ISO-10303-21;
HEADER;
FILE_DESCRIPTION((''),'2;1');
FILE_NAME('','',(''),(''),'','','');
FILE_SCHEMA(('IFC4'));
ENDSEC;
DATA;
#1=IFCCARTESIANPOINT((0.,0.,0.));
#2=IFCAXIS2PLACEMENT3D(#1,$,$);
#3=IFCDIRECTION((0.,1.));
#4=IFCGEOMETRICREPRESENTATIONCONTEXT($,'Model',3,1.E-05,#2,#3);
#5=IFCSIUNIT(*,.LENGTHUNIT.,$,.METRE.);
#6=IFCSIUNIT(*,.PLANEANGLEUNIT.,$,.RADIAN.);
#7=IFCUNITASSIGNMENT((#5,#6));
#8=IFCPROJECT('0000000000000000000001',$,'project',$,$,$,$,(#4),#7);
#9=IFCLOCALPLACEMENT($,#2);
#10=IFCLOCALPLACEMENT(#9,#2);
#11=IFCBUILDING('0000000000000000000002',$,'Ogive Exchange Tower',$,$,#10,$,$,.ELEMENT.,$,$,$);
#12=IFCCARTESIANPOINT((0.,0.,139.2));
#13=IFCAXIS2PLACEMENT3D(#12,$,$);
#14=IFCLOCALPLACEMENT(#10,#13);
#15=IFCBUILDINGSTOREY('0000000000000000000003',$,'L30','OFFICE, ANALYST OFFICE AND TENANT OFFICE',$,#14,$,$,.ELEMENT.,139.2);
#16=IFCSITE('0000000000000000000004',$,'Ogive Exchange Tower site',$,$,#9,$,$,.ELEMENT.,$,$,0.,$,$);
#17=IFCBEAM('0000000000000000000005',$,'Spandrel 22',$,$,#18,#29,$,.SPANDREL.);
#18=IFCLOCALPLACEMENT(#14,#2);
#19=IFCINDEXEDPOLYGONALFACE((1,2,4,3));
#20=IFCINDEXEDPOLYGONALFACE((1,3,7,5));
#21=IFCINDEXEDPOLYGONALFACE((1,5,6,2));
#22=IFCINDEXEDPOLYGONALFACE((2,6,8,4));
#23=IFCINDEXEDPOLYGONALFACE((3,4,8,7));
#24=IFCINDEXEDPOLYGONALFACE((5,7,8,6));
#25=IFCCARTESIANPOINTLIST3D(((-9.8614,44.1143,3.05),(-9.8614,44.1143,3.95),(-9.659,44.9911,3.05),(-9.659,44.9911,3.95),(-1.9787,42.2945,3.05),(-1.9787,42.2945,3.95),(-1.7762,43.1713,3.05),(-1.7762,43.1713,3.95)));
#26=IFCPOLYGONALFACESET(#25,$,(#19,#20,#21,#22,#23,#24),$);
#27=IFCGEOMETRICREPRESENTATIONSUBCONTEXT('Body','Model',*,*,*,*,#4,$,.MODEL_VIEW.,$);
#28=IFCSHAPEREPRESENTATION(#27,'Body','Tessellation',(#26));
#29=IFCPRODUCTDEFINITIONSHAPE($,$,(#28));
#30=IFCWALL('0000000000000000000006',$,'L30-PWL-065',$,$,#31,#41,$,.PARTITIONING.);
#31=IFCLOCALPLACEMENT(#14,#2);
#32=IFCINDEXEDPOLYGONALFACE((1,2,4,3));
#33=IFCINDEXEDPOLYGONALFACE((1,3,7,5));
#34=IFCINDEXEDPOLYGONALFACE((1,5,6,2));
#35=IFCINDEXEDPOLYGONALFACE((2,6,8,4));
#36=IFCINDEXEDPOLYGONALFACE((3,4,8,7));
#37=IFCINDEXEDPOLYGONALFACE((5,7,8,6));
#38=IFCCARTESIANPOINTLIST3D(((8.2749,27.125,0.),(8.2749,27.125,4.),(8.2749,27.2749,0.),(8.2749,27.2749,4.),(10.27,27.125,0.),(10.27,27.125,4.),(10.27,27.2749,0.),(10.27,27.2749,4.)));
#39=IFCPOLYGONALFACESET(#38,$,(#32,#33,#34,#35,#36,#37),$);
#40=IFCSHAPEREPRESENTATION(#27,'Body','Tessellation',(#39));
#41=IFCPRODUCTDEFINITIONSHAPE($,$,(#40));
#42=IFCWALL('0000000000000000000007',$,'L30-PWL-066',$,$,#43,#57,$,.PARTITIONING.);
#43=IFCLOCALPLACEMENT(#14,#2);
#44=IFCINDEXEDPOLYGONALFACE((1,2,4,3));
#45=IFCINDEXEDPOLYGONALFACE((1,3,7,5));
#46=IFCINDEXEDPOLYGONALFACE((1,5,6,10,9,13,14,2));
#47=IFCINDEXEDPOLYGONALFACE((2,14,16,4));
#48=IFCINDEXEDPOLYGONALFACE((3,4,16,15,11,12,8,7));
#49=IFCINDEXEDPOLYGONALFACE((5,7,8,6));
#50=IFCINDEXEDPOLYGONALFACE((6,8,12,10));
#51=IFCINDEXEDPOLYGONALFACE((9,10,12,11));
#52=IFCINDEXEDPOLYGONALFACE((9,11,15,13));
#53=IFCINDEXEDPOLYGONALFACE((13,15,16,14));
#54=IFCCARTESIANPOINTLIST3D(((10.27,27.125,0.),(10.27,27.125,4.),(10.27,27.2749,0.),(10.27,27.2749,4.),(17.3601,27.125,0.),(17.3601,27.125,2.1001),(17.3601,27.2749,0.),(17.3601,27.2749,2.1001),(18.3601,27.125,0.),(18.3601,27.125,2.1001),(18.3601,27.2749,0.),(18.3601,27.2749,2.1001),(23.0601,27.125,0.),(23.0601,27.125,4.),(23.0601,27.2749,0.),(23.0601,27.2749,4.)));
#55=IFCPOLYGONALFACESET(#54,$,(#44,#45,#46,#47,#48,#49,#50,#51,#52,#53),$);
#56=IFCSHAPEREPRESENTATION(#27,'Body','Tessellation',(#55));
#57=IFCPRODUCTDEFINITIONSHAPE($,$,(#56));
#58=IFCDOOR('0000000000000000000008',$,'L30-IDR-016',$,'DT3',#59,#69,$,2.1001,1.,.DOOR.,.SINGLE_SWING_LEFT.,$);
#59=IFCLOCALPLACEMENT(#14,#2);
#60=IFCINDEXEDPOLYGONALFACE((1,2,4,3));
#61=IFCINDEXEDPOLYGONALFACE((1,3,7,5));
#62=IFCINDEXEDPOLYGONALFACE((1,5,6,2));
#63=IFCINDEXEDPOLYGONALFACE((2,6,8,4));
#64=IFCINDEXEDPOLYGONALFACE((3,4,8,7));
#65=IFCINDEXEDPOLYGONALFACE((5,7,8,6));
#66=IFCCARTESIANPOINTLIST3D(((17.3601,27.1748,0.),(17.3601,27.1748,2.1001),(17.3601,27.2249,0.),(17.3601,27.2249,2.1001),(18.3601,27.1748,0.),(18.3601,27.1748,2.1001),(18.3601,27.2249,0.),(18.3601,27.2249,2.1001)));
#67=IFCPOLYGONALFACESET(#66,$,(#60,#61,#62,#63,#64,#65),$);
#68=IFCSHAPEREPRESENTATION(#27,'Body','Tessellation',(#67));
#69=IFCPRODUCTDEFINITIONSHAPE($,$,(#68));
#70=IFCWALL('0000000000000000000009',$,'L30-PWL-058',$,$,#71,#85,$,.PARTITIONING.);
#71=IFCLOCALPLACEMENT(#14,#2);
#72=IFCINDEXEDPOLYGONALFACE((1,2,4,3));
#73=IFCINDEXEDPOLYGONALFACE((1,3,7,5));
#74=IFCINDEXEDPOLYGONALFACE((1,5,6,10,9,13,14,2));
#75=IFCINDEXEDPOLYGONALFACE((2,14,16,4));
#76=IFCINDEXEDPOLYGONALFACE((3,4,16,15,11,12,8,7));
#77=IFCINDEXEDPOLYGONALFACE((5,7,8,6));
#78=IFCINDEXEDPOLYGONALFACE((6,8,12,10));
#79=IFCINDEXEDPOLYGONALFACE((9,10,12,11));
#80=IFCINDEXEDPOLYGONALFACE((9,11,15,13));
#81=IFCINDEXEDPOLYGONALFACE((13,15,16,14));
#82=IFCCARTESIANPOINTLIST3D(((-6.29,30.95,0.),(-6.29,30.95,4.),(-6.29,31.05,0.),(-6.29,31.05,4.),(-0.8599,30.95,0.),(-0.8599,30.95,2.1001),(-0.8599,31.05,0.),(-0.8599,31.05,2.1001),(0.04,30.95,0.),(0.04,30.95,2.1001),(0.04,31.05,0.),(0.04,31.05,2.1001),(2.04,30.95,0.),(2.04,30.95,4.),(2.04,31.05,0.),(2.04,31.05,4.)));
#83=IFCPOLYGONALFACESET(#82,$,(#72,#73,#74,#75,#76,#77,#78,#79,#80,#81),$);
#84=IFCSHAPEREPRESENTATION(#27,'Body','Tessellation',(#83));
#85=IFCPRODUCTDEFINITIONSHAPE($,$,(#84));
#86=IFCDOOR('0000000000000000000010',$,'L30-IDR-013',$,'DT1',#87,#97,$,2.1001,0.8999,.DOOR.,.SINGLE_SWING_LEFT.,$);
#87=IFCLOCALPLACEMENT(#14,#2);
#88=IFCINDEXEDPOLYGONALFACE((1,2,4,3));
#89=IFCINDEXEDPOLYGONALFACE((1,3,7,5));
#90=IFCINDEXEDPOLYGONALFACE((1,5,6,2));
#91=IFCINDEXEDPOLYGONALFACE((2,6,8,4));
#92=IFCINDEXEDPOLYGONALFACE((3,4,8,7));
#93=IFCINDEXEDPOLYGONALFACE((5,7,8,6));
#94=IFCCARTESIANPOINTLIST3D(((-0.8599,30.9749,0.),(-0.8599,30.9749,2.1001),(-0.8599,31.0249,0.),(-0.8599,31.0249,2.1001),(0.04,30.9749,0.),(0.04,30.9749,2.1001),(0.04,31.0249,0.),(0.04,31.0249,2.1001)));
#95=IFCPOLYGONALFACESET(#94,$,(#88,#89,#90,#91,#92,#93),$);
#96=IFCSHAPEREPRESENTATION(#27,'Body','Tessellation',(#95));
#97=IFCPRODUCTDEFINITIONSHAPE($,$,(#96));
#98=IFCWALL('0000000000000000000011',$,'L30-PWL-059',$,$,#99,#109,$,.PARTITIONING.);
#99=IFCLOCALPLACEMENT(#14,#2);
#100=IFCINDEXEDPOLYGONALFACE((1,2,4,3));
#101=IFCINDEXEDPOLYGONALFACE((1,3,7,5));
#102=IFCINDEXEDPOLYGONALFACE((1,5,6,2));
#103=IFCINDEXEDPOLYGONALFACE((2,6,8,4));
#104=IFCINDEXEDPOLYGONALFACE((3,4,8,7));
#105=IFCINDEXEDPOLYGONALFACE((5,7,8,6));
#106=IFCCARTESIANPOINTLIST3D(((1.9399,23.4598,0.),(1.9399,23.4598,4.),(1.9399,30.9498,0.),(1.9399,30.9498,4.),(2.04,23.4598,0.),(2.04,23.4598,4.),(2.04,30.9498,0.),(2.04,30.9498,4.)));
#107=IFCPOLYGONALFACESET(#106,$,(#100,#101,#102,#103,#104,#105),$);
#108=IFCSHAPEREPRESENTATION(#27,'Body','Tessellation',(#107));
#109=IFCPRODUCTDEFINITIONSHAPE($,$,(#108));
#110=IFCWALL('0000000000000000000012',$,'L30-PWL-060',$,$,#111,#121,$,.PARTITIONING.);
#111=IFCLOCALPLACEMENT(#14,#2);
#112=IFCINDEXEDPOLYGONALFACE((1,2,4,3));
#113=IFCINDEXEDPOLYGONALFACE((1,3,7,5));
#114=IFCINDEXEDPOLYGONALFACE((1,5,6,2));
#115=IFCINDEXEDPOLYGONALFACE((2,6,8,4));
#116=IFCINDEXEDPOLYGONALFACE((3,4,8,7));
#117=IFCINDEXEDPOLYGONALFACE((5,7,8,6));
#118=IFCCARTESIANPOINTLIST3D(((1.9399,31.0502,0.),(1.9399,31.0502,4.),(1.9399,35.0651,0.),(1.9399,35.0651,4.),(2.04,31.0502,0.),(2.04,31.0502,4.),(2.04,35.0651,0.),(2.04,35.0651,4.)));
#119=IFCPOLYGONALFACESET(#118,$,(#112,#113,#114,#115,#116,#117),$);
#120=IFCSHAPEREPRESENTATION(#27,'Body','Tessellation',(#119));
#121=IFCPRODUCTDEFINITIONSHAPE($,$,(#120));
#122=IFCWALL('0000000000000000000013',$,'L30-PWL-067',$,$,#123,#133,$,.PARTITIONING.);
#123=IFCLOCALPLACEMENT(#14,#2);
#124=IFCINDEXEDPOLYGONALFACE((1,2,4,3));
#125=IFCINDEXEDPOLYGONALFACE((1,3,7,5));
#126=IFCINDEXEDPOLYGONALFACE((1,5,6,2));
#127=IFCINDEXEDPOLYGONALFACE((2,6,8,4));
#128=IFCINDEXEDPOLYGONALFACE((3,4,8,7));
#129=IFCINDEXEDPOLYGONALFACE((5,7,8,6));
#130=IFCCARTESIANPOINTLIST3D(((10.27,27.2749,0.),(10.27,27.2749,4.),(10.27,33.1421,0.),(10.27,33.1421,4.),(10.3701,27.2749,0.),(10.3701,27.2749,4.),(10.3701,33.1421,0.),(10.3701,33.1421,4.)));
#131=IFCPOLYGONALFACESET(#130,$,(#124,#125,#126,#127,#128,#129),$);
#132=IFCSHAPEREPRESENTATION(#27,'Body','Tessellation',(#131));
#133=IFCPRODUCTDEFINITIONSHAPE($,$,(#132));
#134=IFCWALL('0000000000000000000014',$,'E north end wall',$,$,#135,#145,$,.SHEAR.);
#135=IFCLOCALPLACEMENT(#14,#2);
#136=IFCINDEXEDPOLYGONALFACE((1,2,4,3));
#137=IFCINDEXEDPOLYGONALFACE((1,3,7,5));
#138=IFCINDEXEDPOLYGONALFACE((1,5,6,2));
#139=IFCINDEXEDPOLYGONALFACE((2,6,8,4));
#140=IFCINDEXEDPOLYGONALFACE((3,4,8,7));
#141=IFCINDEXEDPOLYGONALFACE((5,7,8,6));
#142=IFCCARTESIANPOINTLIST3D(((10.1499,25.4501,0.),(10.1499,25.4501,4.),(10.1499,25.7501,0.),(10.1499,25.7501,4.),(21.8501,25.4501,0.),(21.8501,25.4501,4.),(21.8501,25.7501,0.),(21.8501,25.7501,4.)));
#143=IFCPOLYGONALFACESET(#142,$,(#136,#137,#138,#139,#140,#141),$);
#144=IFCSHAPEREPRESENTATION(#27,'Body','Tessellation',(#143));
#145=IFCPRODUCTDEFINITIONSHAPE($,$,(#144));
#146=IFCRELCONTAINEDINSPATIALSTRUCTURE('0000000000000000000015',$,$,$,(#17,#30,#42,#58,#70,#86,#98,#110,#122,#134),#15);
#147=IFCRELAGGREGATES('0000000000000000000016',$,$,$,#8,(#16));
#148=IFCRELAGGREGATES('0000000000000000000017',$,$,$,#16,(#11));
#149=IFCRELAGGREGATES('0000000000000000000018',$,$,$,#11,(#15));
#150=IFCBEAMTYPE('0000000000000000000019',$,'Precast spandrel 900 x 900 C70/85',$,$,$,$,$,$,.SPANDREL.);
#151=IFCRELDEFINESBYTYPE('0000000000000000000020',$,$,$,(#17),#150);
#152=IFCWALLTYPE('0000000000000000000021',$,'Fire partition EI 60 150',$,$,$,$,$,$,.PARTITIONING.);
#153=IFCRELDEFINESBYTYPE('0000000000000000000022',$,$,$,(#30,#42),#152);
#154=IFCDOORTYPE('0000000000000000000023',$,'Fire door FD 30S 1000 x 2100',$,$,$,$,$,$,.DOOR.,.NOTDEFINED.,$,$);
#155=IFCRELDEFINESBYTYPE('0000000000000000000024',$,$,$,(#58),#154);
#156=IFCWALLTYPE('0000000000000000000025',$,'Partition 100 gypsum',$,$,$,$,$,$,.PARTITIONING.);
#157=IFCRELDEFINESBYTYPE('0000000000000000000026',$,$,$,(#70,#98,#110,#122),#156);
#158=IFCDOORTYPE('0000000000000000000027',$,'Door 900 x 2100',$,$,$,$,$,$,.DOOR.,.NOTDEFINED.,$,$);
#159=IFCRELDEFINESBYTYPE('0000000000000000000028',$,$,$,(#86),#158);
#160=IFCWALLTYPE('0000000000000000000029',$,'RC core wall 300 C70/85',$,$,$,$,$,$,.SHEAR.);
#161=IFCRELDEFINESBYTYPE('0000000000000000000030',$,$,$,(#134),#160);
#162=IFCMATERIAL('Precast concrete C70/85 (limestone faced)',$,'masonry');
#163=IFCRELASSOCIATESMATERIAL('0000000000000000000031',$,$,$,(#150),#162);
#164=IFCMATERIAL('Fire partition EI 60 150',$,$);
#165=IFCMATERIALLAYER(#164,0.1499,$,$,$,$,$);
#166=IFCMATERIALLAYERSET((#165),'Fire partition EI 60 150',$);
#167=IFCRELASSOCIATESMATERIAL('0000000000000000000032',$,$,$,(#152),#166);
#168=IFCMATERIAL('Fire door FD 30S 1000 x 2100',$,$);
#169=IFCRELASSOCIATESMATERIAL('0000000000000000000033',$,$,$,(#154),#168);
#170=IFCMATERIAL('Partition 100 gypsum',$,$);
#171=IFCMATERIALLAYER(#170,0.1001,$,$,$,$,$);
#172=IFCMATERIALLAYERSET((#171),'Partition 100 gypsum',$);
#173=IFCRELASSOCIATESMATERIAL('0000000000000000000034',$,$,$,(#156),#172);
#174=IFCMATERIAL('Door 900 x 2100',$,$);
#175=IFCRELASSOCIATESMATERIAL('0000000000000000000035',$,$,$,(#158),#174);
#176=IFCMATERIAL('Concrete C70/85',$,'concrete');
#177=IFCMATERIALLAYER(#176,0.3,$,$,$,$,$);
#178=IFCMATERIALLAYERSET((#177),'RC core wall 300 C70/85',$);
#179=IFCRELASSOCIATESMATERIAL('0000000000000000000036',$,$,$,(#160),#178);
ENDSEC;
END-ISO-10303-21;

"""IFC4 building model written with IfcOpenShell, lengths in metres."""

from ifc_helpers import new_model, si_unit, direction, frame, frame_2d, origin, origin_2d, place, context, subcontext, project, spatial, rectangle, extrude, material, layer, layer_set, material_profile, profile_set, type_object, element, fill, save


model = new_model("IFC4")

# Units and contexts
model_context = context("Model", 3, precision=1e-05, world=origin(), true_north=direction((0.0, 1.0)))
body_context = subcontext(model_context, "Body", "Model", "MODEL_VIEW")
ifc_project = project(units=[si_unit("LENGTHUNIT", "METRE"), si_unit("PLANEANGLEUNIT", "RADIAN")], contexts=[model_context])

# Site, building, storey
site_placement = place(None, origin())
site = spatial("IfcSite", under=ifc_project, at=site_placement, Name="Ogive Exchange Tower site", CompositionType="ELEMENT", RefElevation=0.0)
building_placement = place(site_placement, origin())
building = spatial("IfcBuilding", under=site, at=building_placement, Name="Ogive Exchange Tower", CompositionType="ELEMENT")
storey_placement = place(building_placement, frame((0.0, 0.0, 139.2)))
storey = spatial("IfcBuildingStorey", under=building, at=storey_placement, Name="L30", Description="OFFICE, ANALYST OFFICE AND TENANT OFFICE", CompositionType="ELEMENT", Elevation=139.2)

# Shared definitions
ifc_material_1 = material(Name="Precast concrete C70/85 (limestone faced)", Category="masonry")

# Beam
ifc_material_profile_1 = material_profile(ifc_material_1, rectangle(XDim=0.8999, YDim=0.8999, at=origin_2d()), Name="900 x 900")
ifc_profile_set_1 = profile_set([ifc_material_profile_1], Name="Precast concrete C70/85 (limestone faced)")
beam_type_1 = type_object("IfcBeamType", Name="Precast spandrel 900 x 900 C70/85", PredefinedType="SPANDREL", material=ifc_profile_set_1)
for number, where, z_axis, x_axis, name in (
    (1, (-1.8774, 42.7329, 3.5), (-0.974372, 0.224943, 0.0), (-0.224943, -0.974372, 0.0), "Spandrel 22"),
):
    element("IfcBeam", number, at=place(storey_placement, frame(where, z_axis=z_axis, x_axis=x_axis)), inside=storey, type_object=beam_type_1, Name=name, PredefinedType="SPANDREL", context=body_context, shape_type="SweptSolid", body=[
        extrude(rectangle(XDim=0.8999, YDim=0.8999, at=origin_2d()), origin(), (0.0, 0.0, 1.0), 8.0901),
    ])

# Wall
ifc_material_2 = material(Name="Fire partition EI 60 150")
ifc_layer_1 = layer(ifc_material_2, 0.1499)
ifc_layer_set_1 = layer_set([ifc_layer_1], Name="Fire partition EI 60 150")
wall_type_1 = type_object("IfcWallType", Name="Fire partition EI 60 150", PredefinedType="PARTITIONING", material=ifc_layer_set_1)
wall_1_placement = place(storey_placement, frame((8.2749, 27.2, 0.0), z_axis=(0.0, 0.0, 1.0), x_axis=(1.0, 0.0, 0.0)))
element("IfcWall", 2, at=wall_1_placement, inside=storey, type_object=wall_type_1, Name="L30-PWL-065", PredefinedType="PARTITIONING", context=body_context, shape_type="SweptSolid", body=[
    extrude(rectangle(XDim=1.9951, YDim=0.1499, at=frame_2d((0.9976, 0.0))), origin(), (0.0, 0.0, 1.0), 4.0),
])

# Walls, openings, doors
wall_2_placement = place(storey_placement, frame((10.27, 27.2, 0.0), z_axis=(0.0, 0.0, 1.0), x_axis=(1.0, 0.0, 0.0)))
wall_2 = element("IfcWall", 3, at=wall_2_placement, inside=storey, type_object=wall_type_1, Name="L30-PWL-066", PredefinedType="PARTITIONING", context=body_context, shape_type="SweptSolid", body=[
    extrude(rectangle(XDim=12.79, YDim=0.1499, at=frame_2d((6.395, 0.0))), origin(), (0.0, 0.0, 1.0), 4.0),
])
opening_1_placement = place(wall_2_placement, frame((7.0901, 0.0, 0.0)))
opening_1 = element("IfcOpeningElement", 4, at=opening_1_placement, cuts=wall_2, PredefinedType="OPENING", context=body_context, shape_type="SweptSolid", body=[
    extrude(rectangle(XDim=1.0, YDim=2.1001, at=frame_2d((0.5, 1.05))), frame((0.0, 0.085, 0.0), z_axis=(0.0, -1.0, 0.0), x_axis=(1.0, 0.0, 0.0)), (0.0, 0.0, 1.0), 0.1699),
])
ifc_material_3 = material(Name="Fire door FD 30S 1000 x 2100")
door_type_1 = type_object("IfcDoorType", Name="Fire door FD 30S 1000 x 2100", OperationType="NOTDEFINED", PredefinedType="DOOR", material=ifc_material_3)
door_1_placement = place(opening_1_placement, origin())
door_1 = element("IfcDoor", 5, at=door_1_placement, inside=storey, type_object=door_type_1, Name="L30-IDR-016", ObjectType="DT3", OperationType="SINGLE_SWING_LEFT", OverallHeight=2.1001, OverallWidth=1.0, PredefinedType="DOOR", context=body_context, shape_type="SweptSolid", body=[
    extrude(rectangle(XDim=1.0, YDim=2.1001, at=frame_2d((0.5, 1.05))), frame((0.0, 0.0249, 0.0), z_axis=(0.0, -1.0, 0.0), x_axis=(1.0, 0.0, 0.0)), (0.0, 0.0, 1.0), 0.05),
])
fill(opening_1, door_1)
ifc_material_4 = material(Name="Partition 100 gypsum")
ifc_layer_2 = layer(ifc_material_4, 0.1001)
ifc_layer_set_2 = layer_set([ifc_layer_2], Name="Partition 100 gypsum")
wall_type_2 = type_object("IfcWallType", Name="Partition 100 gypsum", PredefinedType="PARTITIONING", material=ifc_layer_set_2)
wall_3_placement = place(storey_placement, frame((2.04, 31.0, 0.0), z_axis=(0.0, 0.0, 1.0), x_axis=(-1.0, 0.0, 0.0)))
wall_3 = element("IfcWall", 6, at=wall_3_placement, inside=storey, type_object=wall_type_2, Name="L30-PWL-058", PredefinedType="PARTITIONING", context=body_context, shape_type="SweptSolid", body=[
    extrude(rectangle(XDim=8.3301, YDim=0.1001, at=frame_2d((4.165, 0.0))), origin(), (0.0, 0.0, 1.0), 4.0),
])
opening_2_placement = place(wall_3_placement, frame((2.0, 0.0, 0.0)))
opening_2 = element("IfcOpeningElement", 7, at=opening_2_placement, cuts=wall_3, PredefinedType="OPENING", context=body_context, shape_type="SweptSolid", body=[
    extrude(rectangle(XDim=0.8999, YDim=2.1001, at=frame_2d((0.45, 1.05))), frame((0.0, 0.0601, 0.0), z_axis=(0.0, -1.0, 0.0), x_axis=(1.0, 0.0, 0.0)), (0.0, 0.0, 1.0), 0.1201),
])
ifc_material_5 = material(Name="Door 900 x 2100")
door_type_2 = type_object("IfcDoorType", Name="Door 900 x 2100", OperationType="NOTDEFINED", PredefinedType="DOOR", material=ifc_material_5)
door_2_placement = place(opening_2_placement, frame((0.8999, 0.0, 0.0), z_axis=(0.0, 0.0, 1.0), x_axis=(-1.0, 0.0, 0.0)))
door_2 = element("IfcDoor", 8, at=door_2_placement, inside=storey, type_object=door_type_2, Name="L30-IDR-013", ObjectType="DT1", OperationType="SINGLE_SWING_LEFT", OverallHeight=2.1001, OverallWidth=0.8999, PredefinedType="DOOR", context=body_context, shape_type="SweptSolid", body=[
    extrude(rectangle(XDim=0.8999, YDim=2.1001, at=frame_2d((0.45, 1.05))), frame((0.0, 0.0249, 0.0), z_axis=(0.0, -1.0, 0.0), x_axis=(1.0, 0.0, 0.0)), (0.0, 0.0, 1.0), 0.05),
])
fill(opening_2, door_2)

# Walls
wall_4_placement = place(storey_placement, frame((1.99, 30.95, 0.0), z_axis=(0.0, 0.0, 1.0), x_axis=(0.0, -1.0, 0.0)))
element("IfcWall", 9, at=wall_4_placement, inside=storey, type_object=wall_type_2, Name="L30-PWL-059", PredefinedType="PARTITIONING", context=body_context, shape_type="SweptSolid", body=[
    extrude(rectangle(XDim=7.49, YDim=0.1001, at=frame_2d((3.7451, 0.0))), origin(), (0.0, 0.0, 1.0), 4.0),
])
wall_5_placement = place(storey_placement, frame((1.99, 35.0649, 0.0), z_axis=(0.0, 0.0, 1.0), x_axis=(0.0, -1.0, 0.0)))
element("IfcWall", 10, at=wall_5_placement, inside=storey, type_object=wall_type_2, Name="L30-PWL-060", PredefinedType="PARTITIONING", context=body_context, shape_type="SweptSolid", body=[
    extrude(rectangle(XDim=4.0149, YDim=0.1001, at=frame_2d((2.0073, 0.0))), origin(), (0.0, 0.0, 1.0), 4.0),
])
wall_6_placement = place(storey_placement, frame((10.3201, 33.1421, 0.0), z_axis=(0.0, 0.0, 1.0), x_axis=(0.0, -1.0, 0.0)))
element("IfcWall", 11, at=wall_6_placement, inside=storey, type_object=wall_type_2, Name="L30-PWL-067", PredefinedType="PARTITIONING", context=body_context, shape_type="SweptSolid", body=[
    extrude(rectangle(XDim=5.8672, YDim=0.1001, at=frame_2d((2.9336, 0.0))), origin(), (0.0, 0.0, 1.0), 4.0),
])
ifc_material_6 = material(Name="Concrete C70/85", Category="concrete")
ifc_layer_3 = layer(ifc_material_6, 0.3)
ifc_layer_set_3 = layer_set([ifc_layer_3], Name="RC core wall 300 C70/85")
wall_type_3 = type_object("IfcWallType", Name="RC core wall 300 C70/85", PredefinedType="SHEAR", material=ifc_layer_set_3)
wall_7_placement = place(storey_placement, frame((10.1499, 25.6001, 0.0), z_axis=(0.0, 0.0, 1.0), x_axis=(1.0, 0.0, 0.0)))
element("IfcWall", 12, at=wall_7_placement, inside=storey, type_object=wall_type_3, Name="E north end wall", PredefinedType="SHEAR", context=body_context, shape_type="SweptSolid", body=[
    extrude(rectangle(XDim=11.7002, YDim=0.3, at=frame_2d((5.8501, 0.0))), origin(), (0.0, 0.0, 1.0), 4.0),
])

save(model, "model.ifc")
